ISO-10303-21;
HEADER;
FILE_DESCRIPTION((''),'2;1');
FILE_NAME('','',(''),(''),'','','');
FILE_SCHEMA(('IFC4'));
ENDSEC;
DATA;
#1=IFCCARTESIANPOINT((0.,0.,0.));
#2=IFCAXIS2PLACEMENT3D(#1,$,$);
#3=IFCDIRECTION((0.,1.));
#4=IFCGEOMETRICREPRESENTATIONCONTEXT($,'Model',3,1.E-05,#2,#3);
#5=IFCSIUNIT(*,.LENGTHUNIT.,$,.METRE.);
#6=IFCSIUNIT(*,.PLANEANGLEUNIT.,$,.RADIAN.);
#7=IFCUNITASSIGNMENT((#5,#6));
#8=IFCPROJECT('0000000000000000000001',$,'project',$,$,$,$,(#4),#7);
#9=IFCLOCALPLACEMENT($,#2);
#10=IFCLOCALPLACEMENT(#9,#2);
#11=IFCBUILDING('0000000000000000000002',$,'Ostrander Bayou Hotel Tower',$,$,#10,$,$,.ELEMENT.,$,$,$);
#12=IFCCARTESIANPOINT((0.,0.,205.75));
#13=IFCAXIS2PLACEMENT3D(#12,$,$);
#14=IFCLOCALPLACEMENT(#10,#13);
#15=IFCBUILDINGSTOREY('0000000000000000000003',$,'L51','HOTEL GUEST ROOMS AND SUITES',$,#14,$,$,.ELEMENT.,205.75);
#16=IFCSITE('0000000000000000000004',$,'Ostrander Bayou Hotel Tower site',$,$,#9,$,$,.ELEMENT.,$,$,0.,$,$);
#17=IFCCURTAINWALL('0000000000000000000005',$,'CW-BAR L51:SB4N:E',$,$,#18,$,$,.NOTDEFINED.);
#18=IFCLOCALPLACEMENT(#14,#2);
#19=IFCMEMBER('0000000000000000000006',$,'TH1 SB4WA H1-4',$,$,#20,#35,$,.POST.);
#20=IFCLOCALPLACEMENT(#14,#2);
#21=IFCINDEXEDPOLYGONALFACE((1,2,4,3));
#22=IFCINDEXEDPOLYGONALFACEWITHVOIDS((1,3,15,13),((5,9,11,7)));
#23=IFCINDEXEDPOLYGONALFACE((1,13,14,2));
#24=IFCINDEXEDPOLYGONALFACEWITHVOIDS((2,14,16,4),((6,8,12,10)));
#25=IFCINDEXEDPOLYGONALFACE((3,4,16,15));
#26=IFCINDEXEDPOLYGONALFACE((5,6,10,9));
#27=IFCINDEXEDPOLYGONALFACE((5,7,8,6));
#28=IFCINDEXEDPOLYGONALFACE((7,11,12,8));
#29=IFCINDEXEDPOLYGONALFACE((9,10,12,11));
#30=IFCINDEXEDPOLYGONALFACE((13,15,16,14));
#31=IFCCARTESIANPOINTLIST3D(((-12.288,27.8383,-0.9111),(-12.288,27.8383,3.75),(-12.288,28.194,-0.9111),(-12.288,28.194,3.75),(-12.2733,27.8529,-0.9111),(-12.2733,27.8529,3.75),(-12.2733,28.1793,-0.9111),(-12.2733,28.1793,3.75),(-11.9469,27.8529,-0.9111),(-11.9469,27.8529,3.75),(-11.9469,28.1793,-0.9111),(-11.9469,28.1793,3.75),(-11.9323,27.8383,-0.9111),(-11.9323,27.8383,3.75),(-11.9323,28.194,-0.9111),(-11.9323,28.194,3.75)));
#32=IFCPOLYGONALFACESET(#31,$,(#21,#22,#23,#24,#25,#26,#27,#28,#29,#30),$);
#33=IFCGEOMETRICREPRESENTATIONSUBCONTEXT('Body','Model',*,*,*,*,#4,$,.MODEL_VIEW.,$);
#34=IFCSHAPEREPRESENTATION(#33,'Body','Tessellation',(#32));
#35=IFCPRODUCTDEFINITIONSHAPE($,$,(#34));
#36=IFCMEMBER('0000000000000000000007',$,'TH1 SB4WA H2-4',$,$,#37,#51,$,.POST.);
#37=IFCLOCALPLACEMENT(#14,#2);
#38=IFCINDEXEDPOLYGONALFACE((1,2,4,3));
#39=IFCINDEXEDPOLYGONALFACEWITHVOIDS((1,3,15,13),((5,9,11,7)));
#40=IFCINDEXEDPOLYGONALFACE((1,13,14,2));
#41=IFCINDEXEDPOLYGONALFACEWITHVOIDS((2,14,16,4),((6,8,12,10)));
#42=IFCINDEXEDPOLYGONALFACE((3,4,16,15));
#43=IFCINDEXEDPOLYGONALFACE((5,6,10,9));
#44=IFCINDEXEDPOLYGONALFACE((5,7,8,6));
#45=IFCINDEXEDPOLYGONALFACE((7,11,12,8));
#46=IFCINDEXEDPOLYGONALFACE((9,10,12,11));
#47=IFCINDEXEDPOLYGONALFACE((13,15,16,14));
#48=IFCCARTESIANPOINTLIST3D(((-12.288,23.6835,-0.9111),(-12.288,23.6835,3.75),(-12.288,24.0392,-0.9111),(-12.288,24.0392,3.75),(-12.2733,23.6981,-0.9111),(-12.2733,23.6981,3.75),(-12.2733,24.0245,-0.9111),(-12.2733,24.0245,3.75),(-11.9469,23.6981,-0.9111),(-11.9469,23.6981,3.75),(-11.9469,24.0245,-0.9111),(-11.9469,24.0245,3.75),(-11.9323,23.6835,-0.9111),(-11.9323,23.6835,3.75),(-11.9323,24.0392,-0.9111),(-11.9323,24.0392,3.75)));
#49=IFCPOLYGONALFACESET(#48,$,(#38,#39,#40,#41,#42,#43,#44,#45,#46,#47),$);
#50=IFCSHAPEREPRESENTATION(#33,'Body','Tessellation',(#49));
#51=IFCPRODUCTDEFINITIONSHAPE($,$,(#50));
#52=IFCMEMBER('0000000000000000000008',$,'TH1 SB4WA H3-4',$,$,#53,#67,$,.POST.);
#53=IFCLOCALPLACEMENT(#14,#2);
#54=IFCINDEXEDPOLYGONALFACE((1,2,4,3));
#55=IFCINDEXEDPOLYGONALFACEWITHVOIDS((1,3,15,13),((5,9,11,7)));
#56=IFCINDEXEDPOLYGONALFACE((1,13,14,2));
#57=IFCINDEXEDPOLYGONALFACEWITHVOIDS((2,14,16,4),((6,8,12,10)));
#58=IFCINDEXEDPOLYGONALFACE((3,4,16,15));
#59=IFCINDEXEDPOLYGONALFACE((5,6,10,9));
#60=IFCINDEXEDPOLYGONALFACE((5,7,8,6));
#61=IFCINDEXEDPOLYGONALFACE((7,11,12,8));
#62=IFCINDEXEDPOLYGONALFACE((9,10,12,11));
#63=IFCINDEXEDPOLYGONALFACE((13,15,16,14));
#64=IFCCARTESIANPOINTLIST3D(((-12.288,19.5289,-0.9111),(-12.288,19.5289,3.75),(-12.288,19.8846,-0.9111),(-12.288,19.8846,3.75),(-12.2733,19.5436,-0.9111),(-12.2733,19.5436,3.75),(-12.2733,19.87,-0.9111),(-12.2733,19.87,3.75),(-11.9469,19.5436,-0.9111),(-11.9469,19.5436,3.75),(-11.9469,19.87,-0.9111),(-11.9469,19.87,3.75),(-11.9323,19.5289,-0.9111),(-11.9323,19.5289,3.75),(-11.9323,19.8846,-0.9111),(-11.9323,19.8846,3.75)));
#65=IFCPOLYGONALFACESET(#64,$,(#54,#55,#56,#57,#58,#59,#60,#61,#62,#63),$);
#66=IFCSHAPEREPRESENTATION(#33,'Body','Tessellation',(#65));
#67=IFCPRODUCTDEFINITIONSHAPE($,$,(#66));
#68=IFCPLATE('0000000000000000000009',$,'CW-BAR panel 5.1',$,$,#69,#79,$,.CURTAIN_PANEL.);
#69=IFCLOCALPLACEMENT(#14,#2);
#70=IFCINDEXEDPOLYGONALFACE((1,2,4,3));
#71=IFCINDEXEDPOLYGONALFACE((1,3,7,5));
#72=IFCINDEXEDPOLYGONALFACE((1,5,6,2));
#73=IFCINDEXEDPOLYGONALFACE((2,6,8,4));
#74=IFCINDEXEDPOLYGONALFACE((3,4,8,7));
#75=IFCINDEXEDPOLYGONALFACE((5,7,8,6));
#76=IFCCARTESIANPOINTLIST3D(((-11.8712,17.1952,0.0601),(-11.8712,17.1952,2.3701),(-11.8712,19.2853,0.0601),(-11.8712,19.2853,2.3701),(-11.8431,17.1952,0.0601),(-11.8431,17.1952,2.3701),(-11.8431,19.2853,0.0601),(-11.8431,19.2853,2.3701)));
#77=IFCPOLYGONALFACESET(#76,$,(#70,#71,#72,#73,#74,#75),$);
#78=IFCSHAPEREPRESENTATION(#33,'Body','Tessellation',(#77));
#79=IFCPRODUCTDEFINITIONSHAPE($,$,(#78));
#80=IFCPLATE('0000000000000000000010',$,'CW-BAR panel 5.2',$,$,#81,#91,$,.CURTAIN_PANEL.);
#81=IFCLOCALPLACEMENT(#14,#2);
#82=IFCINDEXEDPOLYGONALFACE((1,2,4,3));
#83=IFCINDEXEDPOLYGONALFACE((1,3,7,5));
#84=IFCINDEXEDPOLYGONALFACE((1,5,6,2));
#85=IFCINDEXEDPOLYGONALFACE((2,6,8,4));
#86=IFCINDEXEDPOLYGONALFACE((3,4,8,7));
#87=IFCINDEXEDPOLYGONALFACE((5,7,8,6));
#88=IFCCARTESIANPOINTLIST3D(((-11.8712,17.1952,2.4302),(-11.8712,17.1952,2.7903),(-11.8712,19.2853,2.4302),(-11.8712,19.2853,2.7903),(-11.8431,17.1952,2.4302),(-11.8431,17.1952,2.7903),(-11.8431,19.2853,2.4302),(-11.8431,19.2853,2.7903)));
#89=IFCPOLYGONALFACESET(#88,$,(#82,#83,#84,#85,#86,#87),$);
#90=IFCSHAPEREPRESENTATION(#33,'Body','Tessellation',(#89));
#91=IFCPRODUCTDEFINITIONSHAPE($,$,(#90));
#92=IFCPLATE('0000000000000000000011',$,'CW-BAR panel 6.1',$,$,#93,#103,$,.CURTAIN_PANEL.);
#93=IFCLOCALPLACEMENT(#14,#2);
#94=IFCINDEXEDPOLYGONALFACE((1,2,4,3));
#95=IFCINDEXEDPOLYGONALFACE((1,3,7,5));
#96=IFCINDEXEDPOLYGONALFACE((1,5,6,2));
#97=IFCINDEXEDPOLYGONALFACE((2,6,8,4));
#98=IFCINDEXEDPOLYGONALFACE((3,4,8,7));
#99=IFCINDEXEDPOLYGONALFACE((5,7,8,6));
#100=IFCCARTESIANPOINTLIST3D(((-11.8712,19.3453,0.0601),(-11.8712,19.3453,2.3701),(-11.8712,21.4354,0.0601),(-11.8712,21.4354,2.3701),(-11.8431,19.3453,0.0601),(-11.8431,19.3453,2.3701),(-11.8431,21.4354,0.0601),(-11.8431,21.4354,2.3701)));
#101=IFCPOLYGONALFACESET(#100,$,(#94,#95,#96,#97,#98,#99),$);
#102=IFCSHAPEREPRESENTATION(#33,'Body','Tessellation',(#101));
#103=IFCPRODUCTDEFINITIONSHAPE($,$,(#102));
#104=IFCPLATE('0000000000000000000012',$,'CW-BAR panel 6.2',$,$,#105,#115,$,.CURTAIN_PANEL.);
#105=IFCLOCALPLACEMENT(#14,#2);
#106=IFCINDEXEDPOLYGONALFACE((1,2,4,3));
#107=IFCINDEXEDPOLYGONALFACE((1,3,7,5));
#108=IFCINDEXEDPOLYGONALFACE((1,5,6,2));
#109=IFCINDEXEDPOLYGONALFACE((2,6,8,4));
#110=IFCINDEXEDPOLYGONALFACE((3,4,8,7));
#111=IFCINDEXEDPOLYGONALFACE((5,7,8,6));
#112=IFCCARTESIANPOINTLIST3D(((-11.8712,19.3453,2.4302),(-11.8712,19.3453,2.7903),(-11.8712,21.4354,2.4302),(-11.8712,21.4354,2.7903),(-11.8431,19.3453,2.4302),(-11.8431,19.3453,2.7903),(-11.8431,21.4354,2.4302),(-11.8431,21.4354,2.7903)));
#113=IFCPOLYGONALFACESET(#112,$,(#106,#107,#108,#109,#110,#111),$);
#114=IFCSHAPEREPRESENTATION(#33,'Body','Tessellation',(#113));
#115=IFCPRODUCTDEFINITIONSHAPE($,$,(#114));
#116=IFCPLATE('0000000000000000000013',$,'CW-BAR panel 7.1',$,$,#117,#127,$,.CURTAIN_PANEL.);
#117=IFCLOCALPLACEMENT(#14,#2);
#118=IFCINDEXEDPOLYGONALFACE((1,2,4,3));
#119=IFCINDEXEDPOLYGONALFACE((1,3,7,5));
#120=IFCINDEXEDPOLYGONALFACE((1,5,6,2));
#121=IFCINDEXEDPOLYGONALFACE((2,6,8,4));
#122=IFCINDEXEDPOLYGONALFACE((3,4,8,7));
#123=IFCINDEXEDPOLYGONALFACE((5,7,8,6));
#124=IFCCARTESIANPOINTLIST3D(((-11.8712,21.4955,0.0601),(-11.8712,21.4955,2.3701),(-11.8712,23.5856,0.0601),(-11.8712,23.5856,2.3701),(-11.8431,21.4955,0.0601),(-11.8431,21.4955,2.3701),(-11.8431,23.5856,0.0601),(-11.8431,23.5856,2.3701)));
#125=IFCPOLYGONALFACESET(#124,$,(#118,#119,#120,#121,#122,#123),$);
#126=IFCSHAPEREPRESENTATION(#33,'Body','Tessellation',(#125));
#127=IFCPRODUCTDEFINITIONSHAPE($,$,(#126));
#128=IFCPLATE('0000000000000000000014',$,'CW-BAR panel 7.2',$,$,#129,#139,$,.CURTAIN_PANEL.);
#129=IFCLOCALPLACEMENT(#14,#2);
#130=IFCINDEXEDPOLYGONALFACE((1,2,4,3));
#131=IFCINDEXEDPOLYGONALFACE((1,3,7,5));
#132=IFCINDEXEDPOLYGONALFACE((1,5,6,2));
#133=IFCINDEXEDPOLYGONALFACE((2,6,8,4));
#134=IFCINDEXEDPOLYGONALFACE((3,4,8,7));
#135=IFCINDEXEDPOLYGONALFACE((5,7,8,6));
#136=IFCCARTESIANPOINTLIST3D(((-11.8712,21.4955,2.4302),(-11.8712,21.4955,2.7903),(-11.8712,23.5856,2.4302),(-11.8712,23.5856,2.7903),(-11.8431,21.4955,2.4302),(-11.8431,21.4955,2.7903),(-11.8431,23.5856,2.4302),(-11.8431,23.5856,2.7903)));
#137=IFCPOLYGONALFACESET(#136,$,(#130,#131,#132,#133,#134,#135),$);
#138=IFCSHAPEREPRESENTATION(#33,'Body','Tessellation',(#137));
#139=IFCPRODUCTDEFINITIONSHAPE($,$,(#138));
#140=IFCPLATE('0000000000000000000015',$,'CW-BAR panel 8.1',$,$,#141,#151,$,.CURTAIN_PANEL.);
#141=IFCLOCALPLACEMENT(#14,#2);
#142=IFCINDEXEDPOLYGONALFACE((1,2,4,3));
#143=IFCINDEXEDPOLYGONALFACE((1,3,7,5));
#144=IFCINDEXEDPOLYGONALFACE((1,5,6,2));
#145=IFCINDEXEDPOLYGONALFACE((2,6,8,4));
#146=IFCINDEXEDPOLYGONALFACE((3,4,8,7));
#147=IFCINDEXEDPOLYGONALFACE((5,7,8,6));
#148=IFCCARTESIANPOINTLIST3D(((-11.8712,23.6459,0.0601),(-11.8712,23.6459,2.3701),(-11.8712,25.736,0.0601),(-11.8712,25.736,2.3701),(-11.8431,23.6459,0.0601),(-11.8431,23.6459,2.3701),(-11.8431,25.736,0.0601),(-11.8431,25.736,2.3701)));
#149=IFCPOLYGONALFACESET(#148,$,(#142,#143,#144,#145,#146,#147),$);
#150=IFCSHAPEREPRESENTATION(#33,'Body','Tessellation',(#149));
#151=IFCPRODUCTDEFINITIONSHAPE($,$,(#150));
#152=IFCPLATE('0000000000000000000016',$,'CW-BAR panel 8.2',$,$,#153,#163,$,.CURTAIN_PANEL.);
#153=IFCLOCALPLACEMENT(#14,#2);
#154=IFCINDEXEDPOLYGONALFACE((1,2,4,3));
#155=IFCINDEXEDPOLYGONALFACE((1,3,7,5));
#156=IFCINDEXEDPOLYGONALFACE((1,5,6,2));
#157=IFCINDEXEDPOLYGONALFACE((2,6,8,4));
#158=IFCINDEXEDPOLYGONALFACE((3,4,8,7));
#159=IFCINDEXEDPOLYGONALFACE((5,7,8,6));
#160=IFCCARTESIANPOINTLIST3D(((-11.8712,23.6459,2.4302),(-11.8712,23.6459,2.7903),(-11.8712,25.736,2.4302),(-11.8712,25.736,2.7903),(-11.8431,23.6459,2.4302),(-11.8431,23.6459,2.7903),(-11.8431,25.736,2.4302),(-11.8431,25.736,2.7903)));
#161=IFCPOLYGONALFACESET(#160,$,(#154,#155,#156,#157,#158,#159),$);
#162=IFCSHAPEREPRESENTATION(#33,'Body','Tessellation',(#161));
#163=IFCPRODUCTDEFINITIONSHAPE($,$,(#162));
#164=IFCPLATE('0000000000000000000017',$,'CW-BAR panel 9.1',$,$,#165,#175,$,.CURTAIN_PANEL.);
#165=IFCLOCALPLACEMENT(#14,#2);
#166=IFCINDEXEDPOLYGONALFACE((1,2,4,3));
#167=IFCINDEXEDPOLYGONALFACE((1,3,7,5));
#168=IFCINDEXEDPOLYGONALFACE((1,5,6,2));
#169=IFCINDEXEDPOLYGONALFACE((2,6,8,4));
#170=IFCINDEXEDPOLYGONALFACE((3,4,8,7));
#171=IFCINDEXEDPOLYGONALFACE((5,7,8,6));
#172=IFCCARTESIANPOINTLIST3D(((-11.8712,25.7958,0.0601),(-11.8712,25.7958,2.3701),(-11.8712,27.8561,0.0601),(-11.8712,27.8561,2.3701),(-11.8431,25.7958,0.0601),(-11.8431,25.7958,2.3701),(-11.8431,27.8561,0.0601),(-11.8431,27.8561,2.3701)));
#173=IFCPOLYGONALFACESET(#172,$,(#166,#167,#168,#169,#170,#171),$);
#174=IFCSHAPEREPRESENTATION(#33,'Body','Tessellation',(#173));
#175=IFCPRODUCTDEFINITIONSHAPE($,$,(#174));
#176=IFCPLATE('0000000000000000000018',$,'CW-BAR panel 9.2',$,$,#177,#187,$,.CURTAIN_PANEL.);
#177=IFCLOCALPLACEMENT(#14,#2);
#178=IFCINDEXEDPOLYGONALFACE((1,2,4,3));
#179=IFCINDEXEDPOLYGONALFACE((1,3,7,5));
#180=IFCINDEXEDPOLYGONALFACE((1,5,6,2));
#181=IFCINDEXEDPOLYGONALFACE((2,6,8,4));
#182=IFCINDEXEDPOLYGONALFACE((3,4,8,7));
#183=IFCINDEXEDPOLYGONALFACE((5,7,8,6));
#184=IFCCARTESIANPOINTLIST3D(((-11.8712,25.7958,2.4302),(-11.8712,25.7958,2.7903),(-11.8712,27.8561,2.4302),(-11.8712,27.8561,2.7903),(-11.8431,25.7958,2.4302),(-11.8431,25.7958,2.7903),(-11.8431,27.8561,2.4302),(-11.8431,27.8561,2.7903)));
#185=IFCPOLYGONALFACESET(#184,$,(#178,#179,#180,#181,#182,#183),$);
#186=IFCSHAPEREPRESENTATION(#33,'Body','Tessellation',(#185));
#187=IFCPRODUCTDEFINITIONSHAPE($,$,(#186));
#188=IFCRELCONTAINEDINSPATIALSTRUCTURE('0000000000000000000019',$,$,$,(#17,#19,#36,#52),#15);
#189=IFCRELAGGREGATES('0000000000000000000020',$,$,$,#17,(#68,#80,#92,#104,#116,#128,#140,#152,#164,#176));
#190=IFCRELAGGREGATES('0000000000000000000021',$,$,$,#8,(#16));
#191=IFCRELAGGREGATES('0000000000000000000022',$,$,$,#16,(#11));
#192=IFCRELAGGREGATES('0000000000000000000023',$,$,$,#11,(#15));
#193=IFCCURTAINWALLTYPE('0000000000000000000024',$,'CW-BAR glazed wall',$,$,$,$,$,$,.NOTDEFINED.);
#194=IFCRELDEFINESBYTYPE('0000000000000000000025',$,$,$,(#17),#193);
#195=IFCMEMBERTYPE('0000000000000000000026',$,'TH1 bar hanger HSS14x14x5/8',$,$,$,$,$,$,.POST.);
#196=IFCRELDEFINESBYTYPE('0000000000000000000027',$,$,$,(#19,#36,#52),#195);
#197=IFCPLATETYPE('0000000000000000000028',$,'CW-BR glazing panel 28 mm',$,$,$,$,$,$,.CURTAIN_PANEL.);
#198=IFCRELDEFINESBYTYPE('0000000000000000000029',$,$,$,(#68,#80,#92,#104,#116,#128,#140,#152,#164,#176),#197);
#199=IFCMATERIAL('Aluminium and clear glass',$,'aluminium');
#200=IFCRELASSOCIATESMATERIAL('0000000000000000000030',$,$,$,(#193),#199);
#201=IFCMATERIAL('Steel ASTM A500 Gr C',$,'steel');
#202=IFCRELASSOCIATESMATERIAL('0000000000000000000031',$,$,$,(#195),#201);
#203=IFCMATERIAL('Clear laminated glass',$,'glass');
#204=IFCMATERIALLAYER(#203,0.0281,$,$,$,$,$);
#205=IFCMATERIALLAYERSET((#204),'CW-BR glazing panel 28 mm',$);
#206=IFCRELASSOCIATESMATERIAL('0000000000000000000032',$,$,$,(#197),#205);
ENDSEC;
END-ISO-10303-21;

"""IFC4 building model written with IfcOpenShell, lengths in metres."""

from ifc_helpers import new_model, si_unit, direction, frame, origin, origin_2d, place, context, subcontext, project, spatial, rectangle, hollow_rectangle, extrude, material, layer, layer_set, material_profile, profile_set, type_object, element, aggregate, save


model = new_model("IFC4")

# Units and contexts
model_context = context("Model", 3, precision=1e-05, world=origin(), true_north=direction((0.0, 1.0)))
body_context = subcontext(model_context, "Body", "Model", "MODEL_VIEW")
ifc_project = project(units=[si_unit("LENGTHUNIT", "METRE"), si_unit("PLANEANGLEUNIT", "RADIAN")], contexts=[model_context])

# Site, building, storey
site_placement = place(None, origin())
site = spatial("IfcSite", under=ifc_project, at=site_placement, Name="Ostrander Bayou Hotel Tower site", CompositionType="ELEMENT", RefElevation=0.0)
building_placement = place(site_placement, origin())
building = spatial("IfcBuilding", under=site, at=building_placement, Name="Ostrander Bayou Hotel Tower", CompositionType="ELEMENT")
storey_placement = place(building_placement, frame((0.0, 0.0, 205.75)))
storey = spatial("IfcBuildingStorey", under=building, at=storey_placement, Name="L51", Description="HOTEL GUEST ROOMS AND SUITES", CompositionType="ELEMENT", Elevation=205.75)

# Curtain wall
ifc_material_1 = material(Name="Aluminium and clear glass", Category="aluminium")
curtain_wall_type = type_object("IfcCurtainWallType", Name="CW-BAR glazed wall", PredefinedType="NOTDEFINED", material=ifc_material_1)
curtain_wall_1_placement = place(storey_placement, origin())
curtain_wall_1 = element("IfcCurtainWall", 1, at=curtain_wall_1_placement, inside=storey, type_object=curtain_wall_type, Name="CW-BAR L51:SB4N:E", PredefinedType="NOTDEFINED")

# Members
ifc_material_2 = material(Name="Steel ASTM A500 Gr C", Category="steel")
ifc_material_profile_1 = material_profile(ifc_material_2, hollow_rectangle(XDim=0.3557, YDim=0.3557, WallThickness=0.0146, at=origin_2d()))
ifc_profile_set_1 = profile_set([ifc_material_profile_1], Name="Steel ASTM A500 Gr C")
member_type_1 = type_object("IfcMemberType", Name="TH1 bar hanger HSS14x14x5/8", PredefinedType="POST", material=ifc_profile_set_1)
for number, where, z_axis, x_axis, name in (
    (2, (-12.1101, 28.0161, -0.9111), (0.0, 0.0, 1.0), (1.0, 0.0, 0.0), "TH1 SB4WA H1-4"),
    (3, (-12.1101, 23.8613, -0.9111), (0.0, 0.0, 1.0), (1.0, 0.0, 0.0), "TH1 SB4WA H2-4"),
    (4, (-12.1101, 19.7068, -0.9111), (0.0, 0.0, 1.0), (1.0, 0.0, 0.0), "TH1 SB4WA H3-4"),
):
    element("IfcMember", number, at=place(storey_placement, frame(where, z_axis=z_axis, x_axis=x_axis)), inside=storey, type_object=member_type_1, Name=name, PredefinedType="POST", context=body_context, shape_type="SweptSolid", body=[
        extrude(hollow_rectangle(XDim=0.3557, YDim=0.3557, WallThickness=0.0146, at=origin_2d()), origin(), (0.0, 0.0, 1.0), 4.6611),
    ])

# Plates
ifc_material_3 = material(Name="Clear laminated glass", Category="glass")
ifc_layer_1 = layer(ifc_material_3, 0.0281)
ifc_layer_set_1 = layer_set([ifc_layer_1], Name="CW-BR glazing panel 28 mm")
plate_type = type_object("IfcPlateType", Name="CW-BR glazing panel 28 mm", PredefinedType="CURTAIN_PANEL", material=ifc_layer_set_1)
plate_1_placement = place(storey_placement, frame((-11.8572, 18.2402, 0.0601), z_axis=(0.0, 0.0, 1.0), x_axis=(0.0, 1.0, 0.0)))
plate_1 = element("IfcPlate", 5, at=plate_1_placement, type_object=plate_type, Name="CW-BAR panel 5.1", PredefinedType="CURTAIN_PANEL", context=body_context, shape_type="SweptSolid", body=[
    extrude(rectangle(XDim=2.0901, YDim=0.0281, at=origin_2d()), origin(), (0.0, 0.0, 1.0), 2.3101),
])
plate_2_placement = place(storey_placement, frame((-11.8572, 18.2402, 2.4302), z_axis=(0.0, 0.0, 1.0), x_axis=(0.0, 1.0, 0.0)))
plate_2 = element("IfcPlate", 6, at=plate_2_placement, type_object=plate_type, Name="CW-BAR panel 5.2", PredefinedType="CURTAIN_PANEL", context=body_context, shape_type="SweptSolid", body=[
    extrude(rectangle(XDim=2.0901, YDim=0.0281, at=origin_2d()), origin(), (0.0, 0.0, 1.0), 0.3601),
])
plate_3_placement = place(storey_placement, frame((-11.8572, 20.3904, 0.0601), z_axis=(0.0, 0.0, 1.0), x_axis=(0.0, 1.0, 0.0)))
plate_3 = element("IfcPlate", 7, at=plate_3_placement, type_object=plate_type, Name="CW-BAR panel 6.1", PredefinedType="CURTAIN_PANEL", context=body_context, shape_type="SweptSolid", body=[
    extrude(rectangle(XDim=2.0901, YDim=0.0281, at=origin_2d()), origin(), (0.0, 0.0, 1.0), 2.3101),
])
plate_4_placement = place(storey_placement, frame((-11.8572, 20.3904, 2.4302), z_axis=(0.0, 0.0, 1.0), x_axis=(0.0, 1.0, 0.0)))
plate_4 = element("IfcPlate", 8, at=plate_4_placement, type_object=plate_type, Name="CW-BAR panel 6.2", PredefinedType="CURTAIN_PANEL", context=body_context, shape_type="SweptSolid", body=[
    extrude(rectangle(XDim=2.0901, YDim=0.0281, at=origin_2d()), origin(), (0.0, 0.0, 1.0), 0.3601),
])
plate_5_placement = place(storey_placement, frame((-11.8572, 22.5405, 0.0601), z_axis=(0.0, 0.0, 1.0), x_axis=(0.0, 1.0, 0.0)))
plate_5 = element("IfcPlate", 9, at=plate_5_placement, type_object=plate_type, Name="CW-BAR panel 7.1", PredefinedType="CURTAIN_PANEL", context=body_context, shape_type="SweptSolid", body=[
    extrude(rectangle(XDim=2.0901, YDim=0.0281, at=origin_2d()), origin(), (0.0, 0.0, 1.0), 2.3101),
])
plate_6_placement = place(storey_placement, frame((-11.8572, 22.5405, 2.4302), z_axis=(0.0, 0.0, 1.0), x_axis=(0.0, 1.0, 0.0)))
plate_6 = element("IfcPlate", 10, at=plate_6_placement, type_object=plate_type, Name="CW-BAR panel 7.2", PredefinedType="CURTAIN_PANEL", context=body_context, shape_type="SweptSolid", body=[
    extrude(rectangle(XDim=2.0901, YDim=0.0281, at=origin_2d()), origin(), (0.0, 0.0, 1.0), 0.3601),
])
plate_7_placement = place(storey_placement, frame((-11.8572, 24.6909, 0.0601), z_axis=(0.0, 0.0, 1.0), x_axis=(0.0, 1.0, 0.0)))
plate_7 = element("IfcPlate", 11, at=plate_7_placement, type_object=plate_type, Name="CW-BAR panel 8.1", PredefinedType="CURTAIN_PANEL", context=body_context, shape_type="SweptSolid", body=[
    extrude(rectangle(XDim=2.0901, YDim=0.0281, at=origin_2d()), origin(), (0.0, 0.0, 1.0), 2.3101),
])
plate_8_placement = place(storey_placement, frame((-11.8572, 24.6909, 2.4302), z_axis=(0.0, 0.0, 1.0), x_axis=(0.0, 1.0, 0.0)))
plate_8 = element("IfcPlate", 12, at=plate_8_placement, type_object=plate_type, Name="CW-BAR panel 8.2", PredefinedType="CURTAIN_PANEL", context=body_context, shape_type="SweptSolid", body=[
    extrude(rectangle(XDim=2.0901, YDim=0.0281, at=origin_2d()), origin(), (0.0, 0.0, 1.0), 0.3601),
])
plate_9_placement = place(storey_placement, frame((-11.8572, 26.8259, 0.0601), z_axis=(0.0, 0.0, 1.0), x_axis=(0.0, 1.0, 0.0)))
plate_9 = element("IfcPlate", 13, at=plate_9_placement, type_object=plate_type, Name="CW-BAR panel 9.1", PredefinedType="CURTAIN_PANEL", context=body_context, shape_type="SweptSolid", body=[
    extrude(rectangle(XDim=2.0603, YDim=0.0281, at=origin_2d()), origin(), (0.0, 0.0, 1.0), 2.3101),
])
plate_10_placement = place(storey_placement, frame((-11.8572, 26.8259, 2.4302), z_axis=(0.0, 0.0, 1.0), x_axis=(0.0, 1.0, 0.0)))
plate_10 = element("IfcPlate", 14, at=plate_10_placement, type_object=plate_type, Name="CW-BAR panel 9.2", PredefinedType="CURTAIN_PANEL", context=body_context, shape_type="SweptSolid", body=[
    extrude(rectangle(XDim=2.0603, YDim=0.0281, at=origin_2d()), origin(), (0.0, 0.0, 1.0), 0.3601),
])
aggregate(curtain_wall_1, [plate_1, plate_2, plate_3, plate_4, plate_5, plate_6, plate_7, plate_8, plate_9, plate_10])

save(model, "model.ifc")
